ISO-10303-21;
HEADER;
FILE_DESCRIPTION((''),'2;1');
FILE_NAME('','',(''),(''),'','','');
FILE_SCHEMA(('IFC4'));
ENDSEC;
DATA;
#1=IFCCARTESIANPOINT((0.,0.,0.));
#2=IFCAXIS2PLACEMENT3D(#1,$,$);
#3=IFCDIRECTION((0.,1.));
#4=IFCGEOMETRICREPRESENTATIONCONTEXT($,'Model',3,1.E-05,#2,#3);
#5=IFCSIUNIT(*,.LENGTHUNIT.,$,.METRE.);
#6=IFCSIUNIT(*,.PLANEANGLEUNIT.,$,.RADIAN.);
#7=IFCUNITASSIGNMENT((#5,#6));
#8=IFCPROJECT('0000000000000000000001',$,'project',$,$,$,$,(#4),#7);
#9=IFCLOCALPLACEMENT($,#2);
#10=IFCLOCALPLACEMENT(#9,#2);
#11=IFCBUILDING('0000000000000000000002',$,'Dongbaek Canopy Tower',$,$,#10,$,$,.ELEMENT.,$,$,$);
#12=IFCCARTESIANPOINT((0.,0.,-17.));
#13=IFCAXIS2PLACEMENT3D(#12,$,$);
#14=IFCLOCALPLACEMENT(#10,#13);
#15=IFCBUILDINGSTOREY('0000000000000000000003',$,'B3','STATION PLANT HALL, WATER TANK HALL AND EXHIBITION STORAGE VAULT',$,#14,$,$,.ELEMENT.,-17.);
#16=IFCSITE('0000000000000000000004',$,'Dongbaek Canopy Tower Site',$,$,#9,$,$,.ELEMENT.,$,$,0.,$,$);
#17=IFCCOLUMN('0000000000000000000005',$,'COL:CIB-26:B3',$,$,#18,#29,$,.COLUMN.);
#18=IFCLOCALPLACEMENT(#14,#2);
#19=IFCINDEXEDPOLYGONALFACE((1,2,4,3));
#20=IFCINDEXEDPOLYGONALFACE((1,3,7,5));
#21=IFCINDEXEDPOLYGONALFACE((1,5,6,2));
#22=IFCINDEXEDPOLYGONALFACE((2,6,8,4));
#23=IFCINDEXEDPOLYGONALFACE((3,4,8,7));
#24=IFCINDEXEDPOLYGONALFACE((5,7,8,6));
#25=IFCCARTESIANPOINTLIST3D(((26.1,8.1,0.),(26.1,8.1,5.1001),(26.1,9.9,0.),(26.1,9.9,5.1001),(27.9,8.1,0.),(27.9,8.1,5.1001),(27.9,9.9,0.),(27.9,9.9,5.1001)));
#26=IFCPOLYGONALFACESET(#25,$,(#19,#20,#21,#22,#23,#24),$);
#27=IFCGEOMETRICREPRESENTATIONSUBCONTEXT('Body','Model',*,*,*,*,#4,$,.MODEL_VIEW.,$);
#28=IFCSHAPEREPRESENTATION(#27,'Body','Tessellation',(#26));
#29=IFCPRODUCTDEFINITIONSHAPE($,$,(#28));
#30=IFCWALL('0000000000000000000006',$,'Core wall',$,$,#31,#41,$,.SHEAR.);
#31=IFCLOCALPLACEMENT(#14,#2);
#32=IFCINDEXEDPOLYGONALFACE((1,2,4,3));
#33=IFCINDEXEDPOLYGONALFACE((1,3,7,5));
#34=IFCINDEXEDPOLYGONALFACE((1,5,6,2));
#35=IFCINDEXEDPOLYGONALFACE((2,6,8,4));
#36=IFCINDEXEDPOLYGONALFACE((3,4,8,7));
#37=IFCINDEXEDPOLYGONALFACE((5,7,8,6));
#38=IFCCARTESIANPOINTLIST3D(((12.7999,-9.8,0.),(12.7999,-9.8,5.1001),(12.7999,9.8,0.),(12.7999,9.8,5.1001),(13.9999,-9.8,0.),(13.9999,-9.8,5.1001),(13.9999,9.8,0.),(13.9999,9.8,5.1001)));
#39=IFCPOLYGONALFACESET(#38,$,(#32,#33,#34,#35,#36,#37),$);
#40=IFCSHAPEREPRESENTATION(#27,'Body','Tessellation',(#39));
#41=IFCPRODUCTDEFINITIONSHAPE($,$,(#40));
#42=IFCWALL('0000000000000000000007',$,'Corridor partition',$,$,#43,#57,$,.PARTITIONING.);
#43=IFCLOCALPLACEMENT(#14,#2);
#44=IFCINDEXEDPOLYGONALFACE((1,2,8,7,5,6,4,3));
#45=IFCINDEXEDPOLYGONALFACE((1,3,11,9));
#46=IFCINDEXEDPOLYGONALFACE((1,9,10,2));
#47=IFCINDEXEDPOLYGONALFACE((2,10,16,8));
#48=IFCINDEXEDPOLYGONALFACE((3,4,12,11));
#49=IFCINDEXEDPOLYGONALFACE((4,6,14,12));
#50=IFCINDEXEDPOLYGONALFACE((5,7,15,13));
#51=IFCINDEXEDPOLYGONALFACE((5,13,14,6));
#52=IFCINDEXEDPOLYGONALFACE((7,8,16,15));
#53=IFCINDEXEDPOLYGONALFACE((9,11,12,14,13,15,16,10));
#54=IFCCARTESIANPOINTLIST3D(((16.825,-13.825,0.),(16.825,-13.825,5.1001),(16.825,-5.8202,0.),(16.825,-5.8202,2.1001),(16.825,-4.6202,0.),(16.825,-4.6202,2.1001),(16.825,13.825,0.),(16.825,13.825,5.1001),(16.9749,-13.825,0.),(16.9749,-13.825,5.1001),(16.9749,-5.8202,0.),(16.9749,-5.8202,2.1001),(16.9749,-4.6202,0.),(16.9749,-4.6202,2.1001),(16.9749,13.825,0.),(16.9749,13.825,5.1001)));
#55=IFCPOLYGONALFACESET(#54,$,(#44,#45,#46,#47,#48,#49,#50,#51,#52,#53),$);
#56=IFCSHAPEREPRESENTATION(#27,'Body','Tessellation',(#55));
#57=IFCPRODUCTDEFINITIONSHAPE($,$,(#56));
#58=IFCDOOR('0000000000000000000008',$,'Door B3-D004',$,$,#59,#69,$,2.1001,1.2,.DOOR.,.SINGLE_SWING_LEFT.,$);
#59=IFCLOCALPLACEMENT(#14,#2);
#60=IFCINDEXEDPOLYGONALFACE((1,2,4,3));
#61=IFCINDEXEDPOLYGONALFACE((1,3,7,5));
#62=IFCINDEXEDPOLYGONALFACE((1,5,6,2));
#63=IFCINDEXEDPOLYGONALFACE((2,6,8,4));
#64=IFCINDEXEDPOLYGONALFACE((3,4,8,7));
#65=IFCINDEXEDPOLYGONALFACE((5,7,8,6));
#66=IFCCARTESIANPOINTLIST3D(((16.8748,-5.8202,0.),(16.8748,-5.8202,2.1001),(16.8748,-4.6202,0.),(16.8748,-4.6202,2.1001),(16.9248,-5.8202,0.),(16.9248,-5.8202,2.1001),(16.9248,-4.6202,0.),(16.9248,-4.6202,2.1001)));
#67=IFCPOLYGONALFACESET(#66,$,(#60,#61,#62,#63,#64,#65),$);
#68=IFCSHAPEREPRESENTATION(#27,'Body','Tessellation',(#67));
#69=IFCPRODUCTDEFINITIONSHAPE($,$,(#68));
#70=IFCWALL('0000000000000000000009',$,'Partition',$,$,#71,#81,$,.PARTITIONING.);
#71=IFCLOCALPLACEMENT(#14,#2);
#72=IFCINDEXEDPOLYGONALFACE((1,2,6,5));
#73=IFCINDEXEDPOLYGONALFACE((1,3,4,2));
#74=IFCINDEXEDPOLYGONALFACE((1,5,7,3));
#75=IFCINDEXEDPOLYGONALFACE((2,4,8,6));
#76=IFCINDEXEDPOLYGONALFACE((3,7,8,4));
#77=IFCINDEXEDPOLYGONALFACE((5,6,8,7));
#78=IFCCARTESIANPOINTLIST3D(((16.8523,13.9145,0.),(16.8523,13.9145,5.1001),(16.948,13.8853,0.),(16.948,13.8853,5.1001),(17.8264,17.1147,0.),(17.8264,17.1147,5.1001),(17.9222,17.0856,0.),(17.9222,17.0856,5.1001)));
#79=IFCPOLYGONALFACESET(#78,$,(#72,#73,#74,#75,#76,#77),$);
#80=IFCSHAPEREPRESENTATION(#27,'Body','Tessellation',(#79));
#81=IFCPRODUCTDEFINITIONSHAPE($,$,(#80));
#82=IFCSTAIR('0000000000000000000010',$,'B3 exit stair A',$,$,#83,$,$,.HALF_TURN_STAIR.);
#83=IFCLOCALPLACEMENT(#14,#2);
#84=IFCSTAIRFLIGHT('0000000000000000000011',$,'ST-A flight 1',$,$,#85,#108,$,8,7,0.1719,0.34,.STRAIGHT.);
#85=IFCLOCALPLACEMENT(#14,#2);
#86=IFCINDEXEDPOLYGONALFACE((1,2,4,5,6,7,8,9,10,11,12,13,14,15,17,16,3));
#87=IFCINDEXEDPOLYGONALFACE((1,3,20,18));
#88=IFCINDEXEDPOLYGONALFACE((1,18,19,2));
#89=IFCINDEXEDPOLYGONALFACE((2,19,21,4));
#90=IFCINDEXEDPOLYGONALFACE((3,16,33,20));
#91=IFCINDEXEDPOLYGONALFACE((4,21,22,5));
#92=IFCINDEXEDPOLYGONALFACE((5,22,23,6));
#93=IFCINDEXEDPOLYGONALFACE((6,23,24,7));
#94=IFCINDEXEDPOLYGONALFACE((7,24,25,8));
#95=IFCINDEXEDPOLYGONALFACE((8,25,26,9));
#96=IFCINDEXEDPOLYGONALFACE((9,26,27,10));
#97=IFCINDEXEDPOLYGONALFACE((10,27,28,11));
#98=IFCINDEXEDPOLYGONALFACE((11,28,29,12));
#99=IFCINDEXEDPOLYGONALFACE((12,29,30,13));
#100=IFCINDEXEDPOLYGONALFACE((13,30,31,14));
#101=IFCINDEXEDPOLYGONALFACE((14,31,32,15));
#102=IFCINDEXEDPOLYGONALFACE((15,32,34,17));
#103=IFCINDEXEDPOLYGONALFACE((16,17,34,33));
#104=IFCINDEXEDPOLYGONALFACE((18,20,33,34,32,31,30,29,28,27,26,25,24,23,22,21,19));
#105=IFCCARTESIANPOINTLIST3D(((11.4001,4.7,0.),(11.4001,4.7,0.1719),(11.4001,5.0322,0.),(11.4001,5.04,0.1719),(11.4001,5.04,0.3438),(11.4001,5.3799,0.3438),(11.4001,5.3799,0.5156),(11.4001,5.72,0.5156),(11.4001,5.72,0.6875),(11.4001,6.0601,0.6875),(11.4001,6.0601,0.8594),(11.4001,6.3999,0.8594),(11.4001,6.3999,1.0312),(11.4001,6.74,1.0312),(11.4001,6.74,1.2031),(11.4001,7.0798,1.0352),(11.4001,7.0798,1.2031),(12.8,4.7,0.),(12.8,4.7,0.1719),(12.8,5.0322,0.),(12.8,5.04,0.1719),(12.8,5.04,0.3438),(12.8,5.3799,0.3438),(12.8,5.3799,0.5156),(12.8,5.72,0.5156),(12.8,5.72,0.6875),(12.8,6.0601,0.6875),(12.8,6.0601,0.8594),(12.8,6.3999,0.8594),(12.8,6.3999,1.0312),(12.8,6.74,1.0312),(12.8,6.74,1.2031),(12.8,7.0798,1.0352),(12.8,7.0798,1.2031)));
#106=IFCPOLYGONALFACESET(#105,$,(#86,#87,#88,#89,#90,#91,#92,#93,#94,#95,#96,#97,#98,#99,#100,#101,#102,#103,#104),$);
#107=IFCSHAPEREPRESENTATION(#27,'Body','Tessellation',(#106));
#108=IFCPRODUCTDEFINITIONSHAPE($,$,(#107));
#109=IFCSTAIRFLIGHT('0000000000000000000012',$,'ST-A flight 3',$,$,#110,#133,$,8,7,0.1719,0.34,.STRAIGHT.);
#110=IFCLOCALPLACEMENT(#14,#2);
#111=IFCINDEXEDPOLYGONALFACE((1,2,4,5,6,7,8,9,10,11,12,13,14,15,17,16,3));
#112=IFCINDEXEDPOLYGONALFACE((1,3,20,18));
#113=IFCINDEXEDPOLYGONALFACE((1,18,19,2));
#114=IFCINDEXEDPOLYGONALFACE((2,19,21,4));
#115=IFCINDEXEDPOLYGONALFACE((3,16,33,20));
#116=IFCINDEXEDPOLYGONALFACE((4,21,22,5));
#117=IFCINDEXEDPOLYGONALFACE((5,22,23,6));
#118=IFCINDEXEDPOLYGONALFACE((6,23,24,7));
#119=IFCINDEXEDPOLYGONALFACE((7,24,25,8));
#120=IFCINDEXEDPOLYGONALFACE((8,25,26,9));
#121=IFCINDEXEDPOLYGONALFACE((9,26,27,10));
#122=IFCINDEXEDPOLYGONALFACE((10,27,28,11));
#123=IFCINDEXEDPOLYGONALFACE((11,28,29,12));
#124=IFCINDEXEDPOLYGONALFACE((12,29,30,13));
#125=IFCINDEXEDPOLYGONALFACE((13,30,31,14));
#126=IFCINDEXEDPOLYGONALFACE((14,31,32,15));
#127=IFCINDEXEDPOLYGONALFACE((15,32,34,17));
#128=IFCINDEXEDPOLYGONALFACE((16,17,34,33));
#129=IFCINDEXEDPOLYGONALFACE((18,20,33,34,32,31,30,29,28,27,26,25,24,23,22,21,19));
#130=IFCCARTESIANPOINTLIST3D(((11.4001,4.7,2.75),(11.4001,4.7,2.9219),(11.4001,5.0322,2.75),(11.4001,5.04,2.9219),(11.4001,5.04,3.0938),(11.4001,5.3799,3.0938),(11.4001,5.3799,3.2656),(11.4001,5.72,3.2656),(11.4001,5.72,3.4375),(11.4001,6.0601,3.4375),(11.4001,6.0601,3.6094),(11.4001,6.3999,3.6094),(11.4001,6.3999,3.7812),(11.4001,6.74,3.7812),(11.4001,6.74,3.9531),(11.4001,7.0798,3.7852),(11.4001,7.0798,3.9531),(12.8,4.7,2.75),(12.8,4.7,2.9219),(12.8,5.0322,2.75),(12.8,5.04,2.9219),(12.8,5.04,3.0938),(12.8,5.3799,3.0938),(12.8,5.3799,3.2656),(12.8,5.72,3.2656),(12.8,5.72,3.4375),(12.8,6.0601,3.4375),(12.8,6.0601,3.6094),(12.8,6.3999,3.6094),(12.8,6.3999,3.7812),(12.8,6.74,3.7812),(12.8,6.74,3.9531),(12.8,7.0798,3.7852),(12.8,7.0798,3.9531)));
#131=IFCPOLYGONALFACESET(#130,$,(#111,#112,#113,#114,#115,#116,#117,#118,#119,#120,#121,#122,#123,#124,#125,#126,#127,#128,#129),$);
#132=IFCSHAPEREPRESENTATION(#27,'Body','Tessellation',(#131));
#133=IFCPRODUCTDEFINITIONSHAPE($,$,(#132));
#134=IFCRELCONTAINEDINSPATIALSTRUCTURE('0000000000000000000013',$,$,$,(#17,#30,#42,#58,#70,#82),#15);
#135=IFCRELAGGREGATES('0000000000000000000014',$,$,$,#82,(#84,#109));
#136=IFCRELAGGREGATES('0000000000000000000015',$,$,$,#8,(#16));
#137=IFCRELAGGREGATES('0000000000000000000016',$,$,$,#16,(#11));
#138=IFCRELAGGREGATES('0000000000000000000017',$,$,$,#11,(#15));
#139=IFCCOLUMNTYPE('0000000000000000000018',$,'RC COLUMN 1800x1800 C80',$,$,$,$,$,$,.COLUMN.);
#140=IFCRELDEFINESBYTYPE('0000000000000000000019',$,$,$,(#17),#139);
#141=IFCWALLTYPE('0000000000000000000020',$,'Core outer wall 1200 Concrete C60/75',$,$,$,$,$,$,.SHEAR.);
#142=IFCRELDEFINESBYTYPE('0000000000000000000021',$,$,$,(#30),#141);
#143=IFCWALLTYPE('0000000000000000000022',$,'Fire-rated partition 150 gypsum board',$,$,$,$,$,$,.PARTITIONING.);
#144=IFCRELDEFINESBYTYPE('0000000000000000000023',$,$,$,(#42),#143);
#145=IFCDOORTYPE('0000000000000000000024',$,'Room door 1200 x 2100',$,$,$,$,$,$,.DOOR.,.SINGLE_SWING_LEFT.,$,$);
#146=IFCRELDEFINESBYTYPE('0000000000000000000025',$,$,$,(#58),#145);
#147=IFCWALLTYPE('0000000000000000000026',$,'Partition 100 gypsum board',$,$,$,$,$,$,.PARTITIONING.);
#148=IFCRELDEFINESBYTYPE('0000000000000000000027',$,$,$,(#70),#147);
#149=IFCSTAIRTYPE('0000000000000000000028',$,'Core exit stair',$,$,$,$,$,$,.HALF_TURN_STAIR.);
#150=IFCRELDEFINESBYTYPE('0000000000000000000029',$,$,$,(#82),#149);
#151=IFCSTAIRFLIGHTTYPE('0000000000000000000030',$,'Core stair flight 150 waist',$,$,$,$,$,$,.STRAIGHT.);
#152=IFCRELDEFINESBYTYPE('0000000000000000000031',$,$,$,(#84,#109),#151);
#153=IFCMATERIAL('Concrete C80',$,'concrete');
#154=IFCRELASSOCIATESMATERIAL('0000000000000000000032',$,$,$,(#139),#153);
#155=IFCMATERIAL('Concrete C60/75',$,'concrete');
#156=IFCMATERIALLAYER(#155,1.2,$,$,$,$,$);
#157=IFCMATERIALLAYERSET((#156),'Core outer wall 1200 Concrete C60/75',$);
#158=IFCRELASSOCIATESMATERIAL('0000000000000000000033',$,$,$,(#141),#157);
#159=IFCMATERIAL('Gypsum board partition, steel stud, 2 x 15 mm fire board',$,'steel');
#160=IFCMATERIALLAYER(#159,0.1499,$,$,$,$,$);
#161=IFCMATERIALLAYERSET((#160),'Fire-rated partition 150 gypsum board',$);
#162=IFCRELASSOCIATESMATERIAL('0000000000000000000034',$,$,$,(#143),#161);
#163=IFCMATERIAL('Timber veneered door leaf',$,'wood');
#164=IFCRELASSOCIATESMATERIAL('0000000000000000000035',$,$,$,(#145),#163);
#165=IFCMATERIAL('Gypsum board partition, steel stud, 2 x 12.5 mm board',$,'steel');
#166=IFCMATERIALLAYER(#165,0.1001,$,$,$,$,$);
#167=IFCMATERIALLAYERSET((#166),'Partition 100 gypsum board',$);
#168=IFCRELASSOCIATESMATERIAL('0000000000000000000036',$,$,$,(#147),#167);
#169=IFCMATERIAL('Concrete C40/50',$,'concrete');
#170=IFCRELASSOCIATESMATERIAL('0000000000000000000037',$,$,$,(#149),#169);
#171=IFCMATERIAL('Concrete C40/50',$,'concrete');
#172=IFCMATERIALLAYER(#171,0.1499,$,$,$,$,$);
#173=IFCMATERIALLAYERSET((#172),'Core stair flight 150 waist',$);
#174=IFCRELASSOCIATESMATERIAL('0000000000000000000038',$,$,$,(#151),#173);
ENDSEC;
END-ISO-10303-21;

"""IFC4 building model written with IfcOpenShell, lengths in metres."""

from ifc_helpers import new_model, si_unit, direction, frame, frame_2d, origin, origin_2d, place, context, subcontext, project, spatial, polyline, rectangle, outline, extrude, material, layer, layer_set, material_profile, profile_set, type_object, element, fill, aggregate, save


model = new_model("IFC4")

# Units and contexts
model_context = context("Model", 3, precision=1e-05, world=origin(), true_north=direction((0.0, 1.0)))
body_context = subcontext(model_context, "Body", "Model", "MODEL_VIEW")
ifc_project = project(units=[si_unit("LENGTHUNIT", "METRE"), si_unit("PLANEANGLEUNIT", "RADIAN")], contexts=[model_context])

# Site, building, storey
site_placement = place(None, origin())
site = spatial("IfcSite", under=ifc_project, at=site_placement, Name="Dongbaek Canopy Tower Site", CompositionType="ELEMENT", RefElevation=0.0)
building_placement = place(site_placement, origin())
building = spatial("IfcBuilding", under=site, at=building_placement, Name="Dongbaek Canopy Tower", CompositionType="ELEMENT")
storey_placement = place(building_placement, frame((0.0, 0.0, -17.0)))
storey = spatial("IfcBuildingStorey", under=building, at=storey_placement, Name="B3", Description="STATION PLANT HALL, WATER TANK HALL AND EXHIBITION STORAGE VAULT", CompositionType="ELEMENT", Elevation=-17.0)

# Column
ifc_material_1 = material(Name="Concrete C80", Category="concrete")
ifc_material_profile_1 = material_profile(ifc_material_1, rectangle(XDim=1.8, YDim=1.8, at=origin_2d()), Name="RC COLUMN 1800x1800 C80")
ifc_profile_set_1 = profile_set([ifc_material_profile_1], Name="Concrete C80")
column_type = type_object("IfcColumnType", Name="RC COLUMN 1800x1800 C80", PredefinedType="COLUMN", material=ifc_profile_set_1)
for number, where, z_axis, x_axis, name in (
    (1, (27.0, 9.0, 0.0), (0.0, 0.0, 1.0), (1.0, 0.0, 0.0), "COL:CIB-26:B3"),
):
    element("IfcColumn", number, at=place(storey_placement, frame(where, z_axis=z_axis, x_axis=x_axis)), inside=storey, type_object=column_type, Name=name, PredefinedType="COLUMN", context=body_context, shape_type="SweptSolid", body=[
        extrude(rectangle(XDim=1.8, YDim=1.8, at=origin_2d()), origin(), (0.0, 0.0, 1.0), 5.1001),
    ])

# Wall
ifc_material_2 = material(Name="Concrete C60/75", Category="concrete")
ifc_layer_1 = layer(ifc_material_2, 1.2)
ifc_layer_set_1 = layer_set([ifc_layer_1], Name="Core outer wall 1200 Concrete C60/75")
wall_type_1 = type_object("IfcWallType", Name="Core outer wall 1200 Concrete C60/75", PredefinedType="SHEAR", material=ifc_layer_set_1)
wall_1_placement = place(storey_placement, frame((13.3999, 9.8, 0.0), z_axis=(0.0, 0.0, 1.0), x_axis=(0.0, -1.0, 0.0)))
element("IfcWall", 2, at=wall_1_placement, inside=storey, type_object=wall_type_1, Name="Core wall", PredefinedType="SHEAR", context=body_context, shape_type="SweptSolid", body=[
    extrude(rectangle(XDim=19.6001, YDim=1.2, at=frame_2d((9.8, 0.0))), origin(), (0.0, 0.0, 1.0), 5.1001),
])

# Wall, opening, door
ifc_material_3 = material(Name="Gypsum board partition, steel stud, 2 x 15 mm fire board", Category="steel")
ifc_layer_2 = layer(ifc_material_3, 0.1499)
ifc_layer_set_2 = layer_set([ifc_layer_2], Name="Fire-rated partition 150 gypsum board")
wall_type_2 = type_object("IfcWallType", Name="Fire-rated partition 150 gypsum board", PredefinedType="PARTITIONING", material=ifc_layer_set_2)
wall_2_placement = place(storey_placement, frame((16.8999, 13.825, 0.0), z_axis=(0.0, 0.0, 1.0), x_axis=(0.0, -1.0, 0.0)))
wall_2 = element("IfcWall", 3, at=wall_2_placement, inside=storey, type_object=wall_type_2, Name="Corridor partition", PredefinedType="PARTITIONING", context=body_context, shape_type="SweptSolid", body=[
    extrude(rectangle(XDim=27.6499, YDim=0.1499, at=frame_2d((13.825, 0.0))), origin(), (0.0, 0.0, 1.0), 5.1001),
])
opening_placement = place(wall_2_placement, frame((18.4451, 0.0, 0.0)))
opening = element("IfcOpeningElement", 4, at=opening_placement, cuts=wall_2, PredefinedType="OPENING", context=body_context, shape_type="SweptSolid", body=[
    extrude(rectangle(XDim=1.2, YDim=2.1001, at=frame_2d((0.6001, 1.05))), frame((0.0, 0.085, 0.0), z_axis=(0.0, -1.0, 0.0), x_axis=(1.0, 0.0, 0.0)), (0.0, 0.0, 1.0), 0.1699),
])
ifc_material_4 = material(Name="Timber veneered door leaf", Category="wood")
door_type = type_object("IfcDoorType", Name="Room door 1200 x 2100", OperationType="SINGLE_SWING_LEFT", PredefinedType="DOOR", material=ifc_material_4)
door_placement = place(opening_placement, origin())
door = element("IfcDoor", 5, at=door_placement, inside=storey, type_object=door_type, Name="Door B3-D004", OperationType="SINGLE_SWING_LEFT", OverallHeight=2.1001, OverallWidth=1.2, PredefinedType="DOOR", context=body_context, shape_type="SweptSolid", body=[
    extrude(rectangle(XDim=1.2, YDim=2.1001, at=frame_2d((0.6001, 1.05))), frame((0.0, 0.0249, 0.0), z_axis=(0.0, -1.0, 0.0), x_axis=(1.0, 0.0, 0.0)), (0.0, 0.0, 1.0), 0.05),
])
fill(opening, door)

# Wall
ifc_material_5 = material(Name="Gypsum board partition, steel stud, 2 x 12.5 mm board", Category="steel")
ifc_layer_3 = layer(ifc_material_5, 0.1001)
ifc_layer_set_3 = layer_set([ifc_layer_3], Name="Partition 100 gypsum board")
wall_type_3 = type_object("IfcWallType", Name="Partition 100 gypsum board", PredefinedType="PARTITIONING", material=ifc_layer_set_3)
wall_3_placement = place(storey_placement, frame((16.9001, 13.8999, 0.0), z_axis=(0.0, 0.0, 1.0), x_axis=(0.291202, 0.956662, 0.0)))
element("IfcWall", 6, at=wall_3_placement, inside=storey, type_object=wall_type_3, Name="Partition", PredefinedType="PARTITIONING", context=body_context, shape_type="SweptSolid", body=[
    extrude(rectangle(XDim=3.3452, YDim=0.1001, at=frame_2d((1.6726, 0.0))), origin(), (0.0, 0.0, 1.0), 5.1001),
])

# Stair, stair flights
ifc_material_6 = material(Name="Concrete C40/50", Category="concrete")
stair_type = type_object("IfcStairType", Name="Core exit stair", PredefinedType="HALF_TURN_STAIR", material=ifc_material_6)
stair_placement = place(storey_placement, origin())
stair = element("IfcStair", 7, at=stair_placement, inside=storey, type_object=stair_type, Name="B3 exit stair A", PredefinedType="HALF_TURN_STAIR")
ifc_material_7 = material(Name="Concrete C40/50", Category="concrete")
ifc_layer_4 = layer(ifc_material_7, 0.1499)
ifc_layer_set_4 = layer_set([ifc_layer_4], Name="Core stair flight 150 waist")
stair_flight_type = type_object("IfcStairFlightType", Name="Core stair flight 150 waist", PredefinedType="STRAIGHT", material=ifc_layer_set_4)
stair_flight_1_placement = place(storey_placement, frame((12.1001, 4.7, 0.0), z_axis=(0.0, 0.0, 1.0), x_axis=(0.0, 1.0, 0.0)))
stair_flight_1 = element("IfcStairFlight", 8, at=stair_flight_1_placement, type_object=stair_flight_type, Name="ST-A flight 1", NumberOfRisers=8, NumberOfTreads=7, PredefinedType="STRAIGHT", RiserHeight=0.1719, TreadLength=0.34, context=body_context, shape_type="SweptSolid", body=[
    extrude(outline(polyline([(0.0, 0.0), (0.0, 0.1719), (0.3401, 0.1719), (0.3401, 0.3438), (0.6799, 0.3438), (0.6799, 0.5156), (1.02, 0.5156), (1.02, 0.6875), (1.3601, 0.6875), (1.3601, 0.8594), (1.7, 0.8594), (1.7, 1.0312), (2.04, 1.0312), (2.04, 1.2031), (2.3799, 1.2031), (2.3799, 1.375), (2.3799, 1.0352), (0.3323, 0.0), (0.0, 0.0)])), frame((0.0, 0.7, 0.0), z_axis=(0.0, -1.0, 0.0), x_axis=(1.0, 0.0, 0.0)), (0.0, 0.0, 1.0), 1.3999),
])
stair_flight_2_placement = place(storey_placement, frame((12.1001, 4.7, 2.75), z_axis=(0.0, 0.0, 1.0), x_axis=(0.0, 1.0, 0.0)))
stair_flight_2 = element("IfcStairFlight", 9, at=stair_flight_2_placement, type_object=stair_flight_type, Name="ST-A flight 3", NumberOfRisers=8, NumberOfTreads=7, PredefinedType="STRAIGHT", RiserHeight=0.1719, TreadLength=0.34, context=body_context, shape_type="SweptSolid", body=[
    extrude(outline(polyline([(0.0, 0.0), (0.0, 0.1719), (0.3401, 0.1719), (0.3401, 0.3438), (0.6799, 0.3438), (0.6799, 0.5156), (1.02, 0.5156), (1.02, 0.6875), (1.3601, 0.6875), (1.3601, 0.8594), (1.7, 0.8594), (1.7, 1.0312), (2.04, 1.0312), (2.04, 1.2031), (2.3799, 1.2031), (2.3799, 1.375), (2.3799, 1.0352), (0.3323, 0.0), (0.0, 0.0)])), frame((0.0, 0.7, 0.0), z_axis=(0.0, -1.0, 0.0), x_axis=(1.0, 0.0, 0.0)), (0.0, 0.0, 1.0), 1.3999),
])
aggregate(stair, [stair_flight_1, stair_flight_2])

save(model, "model.ifc")
